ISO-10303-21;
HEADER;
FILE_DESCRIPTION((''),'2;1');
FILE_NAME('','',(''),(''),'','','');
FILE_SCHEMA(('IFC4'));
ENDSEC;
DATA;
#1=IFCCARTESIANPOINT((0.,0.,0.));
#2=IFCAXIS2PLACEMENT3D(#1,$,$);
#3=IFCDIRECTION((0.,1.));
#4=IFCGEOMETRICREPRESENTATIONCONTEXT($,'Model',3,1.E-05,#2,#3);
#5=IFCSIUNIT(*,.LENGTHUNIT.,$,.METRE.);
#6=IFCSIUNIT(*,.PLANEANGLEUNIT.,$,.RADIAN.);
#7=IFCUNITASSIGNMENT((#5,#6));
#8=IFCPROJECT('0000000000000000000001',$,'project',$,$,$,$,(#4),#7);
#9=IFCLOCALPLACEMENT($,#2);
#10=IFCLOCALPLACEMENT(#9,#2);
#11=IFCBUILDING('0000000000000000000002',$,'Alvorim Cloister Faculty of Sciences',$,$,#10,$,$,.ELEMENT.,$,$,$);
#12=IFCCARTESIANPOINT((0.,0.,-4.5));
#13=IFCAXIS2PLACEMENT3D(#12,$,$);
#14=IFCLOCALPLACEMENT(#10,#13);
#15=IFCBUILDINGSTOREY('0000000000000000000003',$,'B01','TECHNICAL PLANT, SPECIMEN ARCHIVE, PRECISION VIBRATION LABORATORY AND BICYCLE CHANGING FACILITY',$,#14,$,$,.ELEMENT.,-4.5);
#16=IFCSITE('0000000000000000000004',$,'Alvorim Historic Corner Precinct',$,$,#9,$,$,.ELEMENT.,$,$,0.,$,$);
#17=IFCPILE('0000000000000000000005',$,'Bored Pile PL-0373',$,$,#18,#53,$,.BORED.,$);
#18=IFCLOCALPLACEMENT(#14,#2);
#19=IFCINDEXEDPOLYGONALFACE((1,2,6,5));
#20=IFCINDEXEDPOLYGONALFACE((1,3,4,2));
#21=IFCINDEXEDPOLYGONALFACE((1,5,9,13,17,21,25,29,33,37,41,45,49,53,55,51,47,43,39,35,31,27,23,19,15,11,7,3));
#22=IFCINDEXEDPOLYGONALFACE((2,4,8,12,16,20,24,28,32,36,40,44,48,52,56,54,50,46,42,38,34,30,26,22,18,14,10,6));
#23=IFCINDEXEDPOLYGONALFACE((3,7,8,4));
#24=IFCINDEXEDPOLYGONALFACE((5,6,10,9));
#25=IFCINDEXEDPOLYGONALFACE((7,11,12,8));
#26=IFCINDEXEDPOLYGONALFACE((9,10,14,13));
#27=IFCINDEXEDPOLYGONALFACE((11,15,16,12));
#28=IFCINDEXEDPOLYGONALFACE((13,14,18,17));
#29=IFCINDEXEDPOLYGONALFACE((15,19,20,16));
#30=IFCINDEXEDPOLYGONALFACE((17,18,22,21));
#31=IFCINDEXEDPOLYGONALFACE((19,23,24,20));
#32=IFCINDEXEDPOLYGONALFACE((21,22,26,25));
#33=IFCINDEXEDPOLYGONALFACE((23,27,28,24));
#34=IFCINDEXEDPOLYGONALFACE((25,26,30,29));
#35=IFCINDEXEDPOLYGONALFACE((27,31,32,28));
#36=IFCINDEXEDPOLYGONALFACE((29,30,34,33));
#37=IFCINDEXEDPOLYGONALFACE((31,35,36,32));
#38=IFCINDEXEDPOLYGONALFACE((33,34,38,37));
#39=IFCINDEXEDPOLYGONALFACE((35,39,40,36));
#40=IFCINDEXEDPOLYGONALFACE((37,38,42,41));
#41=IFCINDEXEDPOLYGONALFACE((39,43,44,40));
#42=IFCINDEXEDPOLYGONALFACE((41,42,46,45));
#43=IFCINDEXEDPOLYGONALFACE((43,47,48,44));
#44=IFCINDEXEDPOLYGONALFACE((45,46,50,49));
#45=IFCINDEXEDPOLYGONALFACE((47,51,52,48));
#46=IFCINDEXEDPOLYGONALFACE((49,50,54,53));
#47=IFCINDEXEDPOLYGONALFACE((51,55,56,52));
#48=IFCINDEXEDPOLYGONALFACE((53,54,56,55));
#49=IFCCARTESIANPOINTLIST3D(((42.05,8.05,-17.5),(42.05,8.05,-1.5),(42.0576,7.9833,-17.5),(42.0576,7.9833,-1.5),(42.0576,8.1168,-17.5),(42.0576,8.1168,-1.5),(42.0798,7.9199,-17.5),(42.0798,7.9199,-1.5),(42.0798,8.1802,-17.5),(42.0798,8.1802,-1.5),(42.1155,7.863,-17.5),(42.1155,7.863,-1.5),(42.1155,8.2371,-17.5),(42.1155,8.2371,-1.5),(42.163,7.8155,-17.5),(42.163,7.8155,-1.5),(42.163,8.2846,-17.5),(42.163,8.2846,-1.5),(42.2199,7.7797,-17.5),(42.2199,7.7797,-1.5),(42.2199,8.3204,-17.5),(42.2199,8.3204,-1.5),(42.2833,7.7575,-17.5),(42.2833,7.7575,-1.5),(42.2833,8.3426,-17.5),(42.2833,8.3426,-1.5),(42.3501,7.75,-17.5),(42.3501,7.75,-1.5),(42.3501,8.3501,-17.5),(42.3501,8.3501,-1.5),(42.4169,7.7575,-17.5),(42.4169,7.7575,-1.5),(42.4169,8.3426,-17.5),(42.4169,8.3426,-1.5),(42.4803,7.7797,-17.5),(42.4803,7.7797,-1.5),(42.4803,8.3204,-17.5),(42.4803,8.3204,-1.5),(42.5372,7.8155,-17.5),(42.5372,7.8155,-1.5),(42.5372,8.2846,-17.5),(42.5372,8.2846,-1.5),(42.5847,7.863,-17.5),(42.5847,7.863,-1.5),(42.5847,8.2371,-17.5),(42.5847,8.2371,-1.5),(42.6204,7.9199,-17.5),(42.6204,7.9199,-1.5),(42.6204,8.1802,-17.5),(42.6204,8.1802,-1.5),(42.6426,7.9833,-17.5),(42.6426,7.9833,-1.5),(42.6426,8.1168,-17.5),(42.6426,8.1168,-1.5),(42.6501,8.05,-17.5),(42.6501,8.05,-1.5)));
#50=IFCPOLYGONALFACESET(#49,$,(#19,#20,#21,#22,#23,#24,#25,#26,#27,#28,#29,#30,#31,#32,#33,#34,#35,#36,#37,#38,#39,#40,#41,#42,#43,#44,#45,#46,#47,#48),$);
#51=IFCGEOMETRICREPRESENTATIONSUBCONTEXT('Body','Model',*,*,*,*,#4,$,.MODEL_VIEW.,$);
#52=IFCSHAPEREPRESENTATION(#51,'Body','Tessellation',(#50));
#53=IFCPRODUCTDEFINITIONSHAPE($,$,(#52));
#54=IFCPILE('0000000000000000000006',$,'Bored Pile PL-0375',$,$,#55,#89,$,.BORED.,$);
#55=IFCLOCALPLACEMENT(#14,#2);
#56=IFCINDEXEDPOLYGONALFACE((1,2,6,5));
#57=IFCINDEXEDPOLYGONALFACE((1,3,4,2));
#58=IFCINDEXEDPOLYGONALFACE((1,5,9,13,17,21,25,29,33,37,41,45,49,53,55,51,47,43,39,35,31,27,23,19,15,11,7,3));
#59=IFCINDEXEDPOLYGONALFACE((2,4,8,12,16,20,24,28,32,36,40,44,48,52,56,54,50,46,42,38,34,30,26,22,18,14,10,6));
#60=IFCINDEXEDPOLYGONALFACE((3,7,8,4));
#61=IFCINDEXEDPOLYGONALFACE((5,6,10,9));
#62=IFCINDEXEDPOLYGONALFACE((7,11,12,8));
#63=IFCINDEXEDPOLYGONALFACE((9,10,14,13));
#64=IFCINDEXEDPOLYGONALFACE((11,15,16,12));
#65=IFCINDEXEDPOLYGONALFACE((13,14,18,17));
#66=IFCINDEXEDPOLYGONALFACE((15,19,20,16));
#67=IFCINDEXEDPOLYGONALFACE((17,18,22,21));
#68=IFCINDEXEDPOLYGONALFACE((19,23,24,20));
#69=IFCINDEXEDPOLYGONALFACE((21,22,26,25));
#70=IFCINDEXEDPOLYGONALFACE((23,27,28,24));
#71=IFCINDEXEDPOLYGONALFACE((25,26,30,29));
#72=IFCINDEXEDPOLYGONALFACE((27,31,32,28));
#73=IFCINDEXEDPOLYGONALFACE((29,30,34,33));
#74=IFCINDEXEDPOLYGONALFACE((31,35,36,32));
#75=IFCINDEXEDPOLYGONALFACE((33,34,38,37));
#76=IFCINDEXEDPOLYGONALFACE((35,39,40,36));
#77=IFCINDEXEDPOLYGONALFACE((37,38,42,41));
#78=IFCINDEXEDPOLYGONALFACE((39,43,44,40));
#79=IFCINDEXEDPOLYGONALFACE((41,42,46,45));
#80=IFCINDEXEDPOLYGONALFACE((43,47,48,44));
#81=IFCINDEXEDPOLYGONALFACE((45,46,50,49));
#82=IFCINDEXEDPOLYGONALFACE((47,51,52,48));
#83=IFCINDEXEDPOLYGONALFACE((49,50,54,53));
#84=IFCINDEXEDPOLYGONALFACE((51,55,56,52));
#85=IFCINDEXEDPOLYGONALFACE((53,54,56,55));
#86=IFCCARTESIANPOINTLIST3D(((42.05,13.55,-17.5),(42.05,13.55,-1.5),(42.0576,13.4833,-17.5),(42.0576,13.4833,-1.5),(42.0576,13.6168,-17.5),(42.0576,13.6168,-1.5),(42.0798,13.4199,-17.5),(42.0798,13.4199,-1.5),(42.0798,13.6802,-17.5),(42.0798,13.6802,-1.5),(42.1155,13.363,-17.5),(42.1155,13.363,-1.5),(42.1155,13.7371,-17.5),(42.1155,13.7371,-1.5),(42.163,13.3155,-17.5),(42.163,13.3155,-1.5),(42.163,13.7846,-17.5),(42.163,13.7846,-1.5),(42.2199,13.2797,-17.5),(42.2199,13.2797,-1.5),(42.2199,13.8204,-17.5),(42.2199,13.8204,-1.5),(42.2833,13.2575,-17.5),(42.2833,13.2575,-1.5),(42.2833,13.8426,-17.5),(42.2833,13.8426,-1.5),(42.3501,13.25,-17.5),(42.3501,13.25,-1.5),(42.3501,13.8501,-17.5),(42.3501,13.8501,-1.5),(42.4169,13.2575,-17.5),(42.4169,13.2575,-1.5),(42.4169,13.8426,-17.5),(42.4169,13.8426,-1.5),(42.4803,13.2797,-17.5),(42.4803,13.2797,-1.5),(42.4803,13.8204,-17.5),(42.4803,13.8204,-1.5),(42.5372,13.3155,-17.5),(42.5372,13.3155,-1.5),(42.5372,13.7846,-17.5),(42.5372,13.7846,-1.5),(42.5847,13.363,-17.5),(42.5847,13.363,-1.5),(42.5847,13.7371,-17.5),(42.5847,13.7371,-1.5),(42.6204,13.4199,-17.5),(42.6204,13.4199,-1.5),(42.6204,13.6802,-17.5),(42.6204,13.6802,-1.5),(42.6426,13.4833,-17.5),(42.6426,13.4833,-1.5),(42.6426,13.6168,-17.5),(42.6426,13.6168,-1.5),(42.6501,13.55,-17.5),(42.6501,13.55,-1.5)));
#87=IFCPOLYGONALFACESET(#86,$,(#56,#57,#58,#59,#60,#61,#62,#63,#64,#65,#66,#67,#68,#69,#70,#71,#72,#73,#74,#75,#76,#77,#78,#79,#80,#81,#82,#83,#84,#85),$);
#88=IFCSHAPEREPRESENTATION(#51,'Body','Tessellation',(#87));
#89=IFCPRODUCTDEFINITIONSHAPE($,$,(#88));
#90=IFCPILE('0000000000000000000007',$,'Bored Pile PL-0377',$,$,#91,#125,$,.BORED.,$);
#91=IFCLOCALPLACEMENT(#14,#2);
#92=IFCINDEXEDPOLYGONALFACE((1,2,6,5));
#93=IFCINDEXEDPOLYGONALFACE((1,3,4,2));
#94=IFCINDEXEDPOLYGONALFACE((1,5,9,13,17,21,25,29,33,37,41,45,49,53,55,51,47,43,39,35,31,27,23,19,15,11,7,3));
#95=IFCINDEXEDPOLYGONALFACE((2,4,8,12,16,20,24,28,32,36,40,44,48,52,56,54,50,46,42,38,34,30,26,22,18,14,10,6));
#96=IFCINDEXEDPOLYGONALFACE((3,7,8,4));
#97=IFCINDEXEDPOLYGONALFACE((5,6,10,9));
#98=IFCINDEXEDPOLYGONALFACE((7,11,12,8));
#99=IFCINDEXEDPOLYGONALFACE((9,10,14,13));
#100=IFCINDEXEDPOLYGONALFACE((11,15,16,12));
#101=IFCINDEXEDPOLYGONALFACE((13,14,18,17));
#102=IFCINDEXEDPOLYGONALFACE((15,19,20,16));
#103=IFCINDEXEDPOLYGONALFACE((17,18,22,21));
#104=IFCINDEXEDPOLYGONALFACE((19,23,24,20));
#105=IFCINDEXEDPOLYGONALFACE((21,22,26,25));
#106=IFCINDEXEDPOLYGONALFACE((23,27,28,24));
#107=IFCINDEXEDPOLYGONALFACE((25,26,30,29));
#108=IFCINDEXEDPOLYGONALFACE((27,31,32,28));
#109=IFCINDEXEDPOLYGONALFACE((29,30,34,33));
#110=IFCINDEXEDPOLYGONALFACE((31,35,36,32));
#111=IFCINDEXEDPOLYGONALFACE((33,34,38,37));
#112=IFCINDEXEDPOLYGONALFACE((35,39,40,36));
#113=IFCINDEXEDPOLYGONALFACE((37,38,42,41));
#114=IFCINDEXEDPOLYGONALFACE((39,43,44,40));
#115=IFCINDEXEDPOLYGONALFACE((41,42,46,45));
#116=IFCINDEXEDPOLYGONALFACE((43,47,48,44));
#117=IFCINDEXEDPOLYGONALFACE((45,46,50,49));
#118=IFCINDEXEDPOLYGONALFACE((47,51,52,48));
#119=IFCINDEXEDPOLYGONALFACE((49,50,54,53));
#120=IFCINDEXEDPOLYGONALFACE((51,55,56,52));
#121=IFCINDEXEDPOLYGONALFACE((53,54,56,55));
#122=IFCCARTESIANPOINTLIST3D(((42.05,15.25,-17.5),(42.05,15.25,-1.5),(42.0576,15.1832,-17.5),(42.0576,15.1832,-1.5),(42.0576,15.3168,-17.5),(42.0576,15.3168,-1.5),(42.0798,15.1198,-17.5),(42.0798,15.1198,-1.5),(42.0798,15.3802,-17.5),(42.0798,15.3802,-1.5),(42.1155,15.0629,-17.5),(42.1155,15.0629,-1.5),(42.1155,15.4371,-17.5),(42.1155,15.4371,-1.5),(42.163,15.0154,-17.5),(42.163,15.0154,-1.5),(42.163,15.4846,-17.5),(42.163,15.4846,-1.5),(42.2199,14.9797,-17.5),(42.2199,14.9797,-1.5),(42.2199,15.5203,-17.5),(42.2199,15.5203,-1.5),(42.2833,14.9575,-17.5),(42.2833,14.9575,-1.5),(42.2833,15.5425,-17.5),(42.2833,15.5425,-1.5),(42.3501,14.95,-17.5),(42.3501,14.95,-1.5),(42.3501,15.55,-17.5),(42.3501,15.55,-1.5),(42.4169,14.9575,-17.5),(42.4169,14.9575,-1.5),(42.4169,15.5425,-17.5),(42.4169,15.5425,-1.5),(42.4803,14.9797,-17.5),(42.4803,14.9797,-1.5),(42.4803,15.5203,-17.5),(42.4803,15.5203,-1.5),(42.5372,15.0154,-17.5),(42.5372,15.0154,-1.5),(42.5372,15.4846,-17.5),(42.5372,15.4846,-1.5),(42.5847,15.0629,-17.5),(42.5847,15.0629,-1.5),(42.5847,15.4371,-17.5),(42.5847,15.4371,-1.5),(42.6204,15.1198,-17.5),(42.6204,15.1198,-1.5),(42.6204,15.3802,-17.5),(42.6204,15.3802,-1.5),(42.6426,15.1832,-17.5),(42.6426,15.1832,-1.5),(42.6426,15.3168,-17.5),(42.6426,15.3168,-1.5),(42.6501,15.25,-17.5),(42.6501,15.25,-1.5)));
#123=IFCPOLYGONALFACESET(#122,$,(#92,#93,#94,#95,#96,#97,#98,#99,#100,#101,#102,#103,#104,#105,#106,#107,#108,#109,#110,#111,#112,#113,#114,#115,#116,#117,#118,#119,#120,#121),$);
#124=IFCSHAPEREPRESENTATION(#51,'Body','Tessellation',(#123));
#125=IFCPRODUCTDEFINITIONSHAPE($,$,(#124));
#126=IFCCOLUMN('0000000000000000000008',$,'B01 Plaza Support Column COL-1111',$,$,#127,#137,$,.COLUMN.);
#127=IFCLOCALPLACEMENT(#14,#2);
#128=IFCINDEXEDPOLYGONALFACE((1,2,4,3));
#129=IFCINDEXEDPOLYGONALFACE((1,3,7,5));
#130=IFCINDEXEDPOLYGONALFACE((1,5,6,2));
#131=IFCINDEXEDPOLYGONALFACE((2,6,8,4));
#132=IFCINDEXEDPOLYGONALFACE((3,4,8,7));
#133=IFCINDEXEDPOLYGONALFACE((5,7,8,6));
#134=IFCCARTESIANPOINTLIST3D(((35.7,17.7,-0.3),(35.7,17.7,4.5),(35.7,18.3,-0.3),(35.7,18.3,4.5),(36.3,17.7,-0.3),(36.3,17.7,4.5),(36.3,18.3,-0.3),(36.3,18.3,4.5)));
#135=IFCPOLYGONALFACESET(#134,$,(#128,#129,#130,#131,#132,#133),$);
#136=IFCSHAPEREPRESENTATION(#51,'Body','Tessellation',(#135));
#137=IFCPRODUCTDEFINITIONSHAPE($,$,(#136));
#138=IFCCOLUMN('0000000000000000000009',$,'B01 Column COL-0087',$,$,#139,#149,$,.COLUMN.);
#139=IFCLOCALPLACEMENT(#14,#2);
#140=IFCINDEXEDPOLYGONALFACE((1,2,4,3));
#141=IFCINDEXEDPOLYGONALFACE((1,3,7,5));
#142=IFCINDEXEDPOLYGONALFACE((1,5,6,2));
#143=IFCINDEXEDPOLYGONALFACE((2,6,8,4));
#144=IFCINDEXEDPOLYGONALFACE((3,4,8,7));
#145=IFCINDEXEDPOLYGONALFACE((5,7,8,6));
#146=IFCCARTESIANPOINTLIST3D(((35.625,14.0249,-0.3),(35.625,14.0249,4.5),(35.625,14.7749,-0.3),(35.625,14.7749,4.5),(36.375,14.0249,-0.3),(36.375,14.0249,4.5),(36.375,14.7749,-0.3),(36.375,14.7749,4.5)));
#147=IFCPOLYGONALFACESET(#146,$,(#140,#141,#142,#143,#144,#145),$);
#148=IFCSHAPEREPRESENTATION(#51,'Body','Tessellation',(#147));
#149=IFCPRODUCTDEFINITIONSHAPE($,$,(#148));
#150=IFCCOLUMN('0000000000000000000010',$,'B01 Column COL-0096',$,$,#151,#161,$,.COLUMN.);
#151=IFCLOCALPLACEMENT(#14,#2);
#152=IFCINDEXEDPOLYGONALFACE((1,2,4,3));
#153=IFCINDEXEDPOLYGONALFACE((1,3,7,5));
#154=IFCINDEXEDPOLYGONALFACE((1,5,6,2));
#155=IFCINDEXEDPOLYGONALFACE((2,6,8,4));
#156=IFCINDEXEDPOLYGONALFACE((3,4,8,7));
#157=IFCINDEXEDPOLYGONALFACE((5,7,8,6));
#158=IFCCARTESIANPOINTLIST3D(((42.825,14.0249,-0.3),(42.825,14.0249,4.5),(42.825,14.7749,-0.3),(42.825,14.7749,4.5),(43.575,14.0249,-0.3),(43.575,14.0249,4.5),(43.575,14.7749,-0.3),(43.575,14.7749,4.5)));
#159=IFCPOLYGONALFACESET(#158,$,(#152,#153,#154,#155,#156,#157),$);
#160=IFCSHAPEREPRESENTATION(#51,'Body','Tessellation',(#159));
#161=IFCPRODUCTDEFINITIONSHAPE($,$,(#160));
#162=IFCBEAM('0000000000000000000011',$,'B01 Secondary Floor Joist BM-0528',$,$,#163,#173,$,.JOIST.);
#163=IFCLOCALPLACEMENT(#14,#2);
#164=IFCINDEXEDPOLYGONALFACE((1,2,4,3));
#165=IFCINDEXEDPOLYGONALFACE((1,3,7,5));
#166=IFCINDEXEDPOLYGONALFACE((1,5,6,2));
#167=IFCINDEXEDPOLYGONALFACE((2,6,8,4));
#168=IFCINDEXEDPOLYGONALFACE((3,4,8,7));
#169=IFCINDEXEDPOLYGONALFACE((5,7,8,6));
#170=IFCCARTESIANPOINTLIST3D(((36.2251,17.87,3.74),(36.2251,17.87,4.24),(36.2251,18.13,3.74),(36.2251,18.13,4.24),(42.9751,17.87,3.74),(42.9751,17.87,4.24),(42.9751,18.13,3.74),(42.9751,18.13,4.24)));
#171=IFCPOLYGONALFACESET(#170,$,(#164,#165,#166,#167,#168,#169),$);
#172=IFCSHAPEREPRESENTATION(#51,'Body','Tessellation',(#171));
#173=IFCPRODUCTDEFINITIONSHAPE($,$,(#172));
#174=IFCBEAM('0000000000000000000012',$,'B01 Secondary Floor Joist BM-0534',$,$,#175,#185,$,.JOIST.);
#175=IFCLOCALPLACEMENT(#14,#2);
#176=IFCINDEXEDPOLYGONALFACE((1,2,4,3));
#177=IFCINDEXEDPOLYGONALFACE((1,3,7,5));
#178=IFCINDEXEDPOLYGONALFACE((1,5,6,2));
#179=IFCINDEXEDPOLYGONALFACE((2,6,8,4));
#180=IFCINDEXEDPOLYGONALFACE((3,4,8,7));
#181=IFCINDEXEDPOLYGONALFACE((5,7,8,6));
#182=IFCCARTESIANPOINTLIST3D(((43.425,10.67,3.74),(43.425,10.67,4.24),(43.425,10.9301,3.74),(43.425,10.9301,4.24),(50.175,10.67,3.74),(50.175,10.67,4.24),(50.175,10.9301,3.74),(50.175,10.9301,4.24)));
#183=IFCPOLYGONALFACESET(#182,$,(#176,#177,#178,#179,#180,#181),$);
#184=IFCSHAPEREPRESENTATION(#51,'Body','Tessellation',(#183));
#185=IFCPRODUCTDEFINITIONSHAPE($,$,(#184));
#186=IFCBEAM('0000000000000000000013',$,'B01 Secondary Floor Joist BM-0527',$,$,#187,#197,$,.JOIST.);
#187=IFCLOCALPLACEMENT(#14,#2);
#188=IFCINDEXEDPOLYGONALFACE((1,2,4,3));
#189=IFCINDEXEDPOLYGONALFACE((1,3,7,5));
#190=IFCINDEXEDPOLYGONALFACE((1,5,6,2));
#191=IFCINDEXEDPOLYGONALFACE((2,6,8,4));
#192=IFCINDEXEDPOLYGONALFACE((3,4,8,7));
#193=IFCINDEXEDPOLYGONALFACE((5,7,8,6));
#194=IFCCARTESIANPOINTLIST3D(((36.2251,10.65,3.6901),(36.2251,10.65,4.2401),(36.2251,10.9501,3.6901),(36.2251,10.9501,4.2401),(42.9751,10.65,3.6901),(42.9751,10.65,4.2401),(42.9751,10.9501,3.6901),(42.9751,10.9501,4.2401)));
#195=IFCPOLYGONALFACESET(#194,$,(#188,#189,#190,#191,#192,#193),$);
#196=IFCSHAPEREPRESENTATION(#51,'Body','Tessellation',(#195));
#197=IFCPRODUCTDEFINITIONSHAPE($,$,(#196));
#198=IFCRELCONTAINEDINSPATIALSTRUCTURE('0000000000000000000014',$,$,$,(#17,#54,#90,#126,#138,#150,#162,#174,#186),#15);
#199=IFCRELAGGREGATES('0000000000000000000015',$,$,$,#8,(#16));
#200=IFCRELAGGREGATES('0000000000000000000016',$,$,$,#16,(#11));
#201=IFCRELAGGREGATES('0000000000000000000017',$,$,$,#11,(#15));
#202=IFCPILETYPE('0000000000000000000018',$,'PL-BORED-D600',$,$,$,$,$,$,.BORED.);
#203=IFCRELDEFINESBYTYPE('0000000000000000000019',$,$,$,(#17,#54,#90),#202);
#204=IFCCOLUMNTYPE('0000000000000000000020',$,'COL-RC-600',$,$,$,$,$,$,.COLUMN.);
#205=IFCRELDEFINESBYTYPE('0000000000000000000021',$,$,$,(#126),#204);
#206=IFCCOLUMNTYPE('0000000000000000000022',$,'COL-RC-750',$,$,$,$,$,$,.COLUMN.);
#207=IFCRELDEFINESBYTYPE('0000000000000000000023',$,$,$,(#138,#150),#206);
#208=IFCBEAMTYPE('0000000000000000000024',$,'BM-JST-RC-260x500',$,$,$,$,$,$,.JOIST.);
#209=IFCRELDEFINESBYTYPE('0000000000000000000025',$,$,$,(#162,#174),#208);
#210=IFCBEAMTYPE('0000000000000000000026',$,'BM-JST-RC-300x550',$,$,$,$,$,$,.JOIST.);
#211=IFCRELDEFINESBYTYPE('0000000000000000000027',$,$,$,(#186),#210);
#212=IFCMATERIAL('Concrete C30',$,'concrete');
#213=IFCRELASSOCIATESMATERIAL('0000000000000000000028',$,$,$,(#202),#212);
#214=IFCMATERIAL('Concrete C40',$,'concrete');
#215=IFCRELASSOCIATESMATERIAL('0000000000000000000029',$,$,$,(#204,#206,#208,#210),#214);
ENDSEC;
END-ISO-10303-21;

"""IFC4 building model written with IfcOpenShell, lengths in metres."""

from ifc_helpers import new_model, si_unit, direction, frame, origin, origin_2d, place, context, subcontext, project, spatial, rectangle, circle, extrude, material, material_profile, profile_set, type_object, element, save


model = new_model("IFC4")

# Units and contexts
model_context = context("Model", 3, precision=1e-05, world=origin(), true_north=direction((0.0, 1.0)))
body_context = subcontext(model_context, "Body", "Model", "MODEL_VIEW")
ifc_project = project(units=[si_unit("LENGTHUNIT", "METRE"), si_unit("PLANEANGLEUNIT", "RADIAN")], contexts=[model_context])

# Site, building, storey
site_placement = place(None, origin())
site = spatial("IfcSite", under=ifc_project, at=site_placement, Name="Alvorim Historic Corner Precinct", CompositionType="ELEMENT", RefElevation=0.0)
building_placement = place(site_placement, origin())
building = spatial("IfcBuilding", under=site, at=building_placement, Name="Alvorim Cloister Faculty of Sciences", CompositionType="ELEMENT")
storey_placement = place(building_placement, frame((0.0, 0.0, -4.5)))
storey = spatial("IfcBuildingStorey", under=building, at=storey_placement, Name="B01", Description="TECHNICAL PLANT, SPECIMEN ARCHIVE, PRECISION VIBRATION LABORATORY AND BICYCLE CHANGING FACILITY", CompositionType="ELEMENT", Elevation=-4.5)

# Shared definitions
ifc_material_1 = material(Name="Concrete C40", Category="concrete")

# Piles
ifc_material_2 = material(Name="Concrete C30", Category="concrete")
ifc_material_profile_1 = material_profile(ifc_material_2, circle(Radius=0.3, at=origin_2d()), Name="PILE-D600")
ifc_profile_set_1 = profile_set([ifc_material_profile_1], Name="Concrete C30")
pile_type = type_object("IfcPileType", Name="PL-BORED-D600", PredefinedType="BORED", material=ifc_profile_set_1)
for number, where, z_axis, x_axis, name in (
    (1, (42.3501, 8.05, -1.5), (0.0, 0.0, -1.0), (1.0, 0.0, 0.0), "Bored Pile PL-0373"),
    (2, (42.3501, 13.55, -1.5), (0.0, 0.0, -1.0), (1.0, 0.0, 0.0), "Bored Pile PL-0375"),
    (3, (42.3501, 15.25, -1.5), (0.0, 0.0, -1.0), (1.0, 0.0, 0.0), "Bored Pile PL-0377"),
):
    element("IfcPile", number, at=place(storey_placement, frame(where, z_axis=z_axis, x_axis=x_axis)), inside=storey, type_object=pile_type, Name=name, PredefinedType="BORED", context=body_context, shape_type="SweptSolid", body=[
        extrude(circle(Radius=0.3, at=origin_2d()), origin(), (0.0, 0.0, 1.0), 16.0),
    ])

# Columns
ifc_material_profile_2 = material_profile(ifc_material_1, rectangle(XDim=0.6001, YDim=0.6001, at=origin_2d()), Name="RC40-COL-600x600")
ifc_profile_set_2 = profile_set([ifc_material_profile_2], Name="Concrete C40")
column_type_1 = type_object("IfcColumnType", Name="COL-RC-600", PredefinedType="COLUMN", material=ifc_profile_set_2)
column_placement = place(storey_placement, frame((36.0, 18.0, -0.3), z_axis=(0.0, 0.0, 1.0), x_axis=(1.0, 0.0, 0.0)))
element("IfcColumn", 4, at=column_placement, inside=storey, type_object=column_type_1, Name="B01 Plaza Support Column COL-1111", PredefinedType="COLUMN", context=body_context, shape_type="SweptSolid", body=[
    extrude(rectangle(XDim=0.6001, YDim=0.6001, at=origin_2d()), origin(), (0.0, 0.0, 1.0), 4.8),
])
ifc_material_profile_3 = material_profile(ifc_material_1, rectangle(XDim=0.75, YDim=0.75, at=origin_2d()), Name="RC40-COL-750x750")
ifc_profile_set_3 = profile_set([ifc_material_profile_3], Name="Concrete C40")
column_type_2 = type_object("IfcColumnType", Name="COL-RC-750", PredefinedType="COLUMN", material=ifc_profile_set_3)
for number, where, z_axis, x_axis, name in (
    (5, (36.0, 14.3999, -0.3), (0.0, 0.0, 1.0), (1.0, 0.0, 0.0), "B01 Column COL-0087"),
    (6, (43.2, 14.3999, -0.3), (0.0, 0.0, 1.0), (1.0, 0.0, 0.0), "B01 Column COL-0096"),
):
    element("IfcColumn", number, at=place(storey_placement, frame(where, z_axis=z_axis, x_axis=x_axis)), inside=storey, type_object=column_type_2, Name=name, PredefinedType="COLUMN", context=body_context, shape_type="SweptSolid", body=[
        extrude(rectangle(XDim=0.75, YDim=0.75, at=origin_2d()), origin(), (0.0, 0.0, 1.0), 4.8),
    ])

# Beams
ifc_material_profile_4 = material_profile(ifc_material_1, rectangle(XDim=0.26, YDim=0.5, at=origin_2d()), Name="RC40-JST-260x500")
ifc_profile_set_4 = profile_set([ifc_material_profile_4], Name="Concrete C40")
beam_type_1 = type_object("IfcBeamType", Name="BM-JST-RC-260x500", PredefinedType="JOIST", material=ifc_profile_set_4)
for number, where, z_axis, x_axis, name in (
    (7, (36.2251, 18.0, 3.99), (1.0, 0.0, 0.0), (0.0, 1.0, 0.0), "B01 Secondary Floor Joist BM-0528"),
    (8, (43.425, 10.8, 3.99), (1.0, 0.0, 0.0), (0.0, 1.0, 0.0), "B01 Secondary Floor Joist BM-0534"),
):
    element("IfcBeam", number, at=place(storey_placement, frame(where, z_axis=z_axis, x_axis=x_axis)), inside=storey, type_object=beam_type_1, Name=name, PredefinedType="JOIST", context=body_context, shape_type="SweptSolid", body=[
        extrude(rectangle(XDim=0.26, YDim=0.5, at=origin_2d()), origin(), (0.0, 0.0, 1.0), 6.75),
    ])
ifc_material_profile_5 = material_profile(ifc_material_1, rectangle(XDim=0.3, YDim=0.55, at=origin_2d()), Name="RC40-JST-300x550")
ifc_profile_set_5 = profile_set([ifc_material_profile_5], Name="Concrete C40")
beam_type_2 = type_object("IfcBeamType", Name="BM-JST-RC-300x550", PredefinedType="JOIST", material=ifc_profile_set_5)
for number, where, z_axis, x_axis, name in (
    (9, (36.2251, 10.8, 3.9651), (1.0, 0.0, 0.0), (0.0, 1.0, 0.0), "B01 Secondary Floor Joist BM-0527"),
):
    element("IfcBeam", number, at=place(storey_placement, frame(where, z_axis=z_axis, x_axis=x_axis)), inside=storey, type_object=beam_type_2, Name=name, PredefinedType="JOIST", context=body_context, shape_type="SweptSolid", body=[
        extrude(rectangle(XDim=0.3, YDim=0.55, at=origin_2d()), origin(), (0.0, 0.0, 1.0), 6.75),
    ])

save(model, "model.ifc")
